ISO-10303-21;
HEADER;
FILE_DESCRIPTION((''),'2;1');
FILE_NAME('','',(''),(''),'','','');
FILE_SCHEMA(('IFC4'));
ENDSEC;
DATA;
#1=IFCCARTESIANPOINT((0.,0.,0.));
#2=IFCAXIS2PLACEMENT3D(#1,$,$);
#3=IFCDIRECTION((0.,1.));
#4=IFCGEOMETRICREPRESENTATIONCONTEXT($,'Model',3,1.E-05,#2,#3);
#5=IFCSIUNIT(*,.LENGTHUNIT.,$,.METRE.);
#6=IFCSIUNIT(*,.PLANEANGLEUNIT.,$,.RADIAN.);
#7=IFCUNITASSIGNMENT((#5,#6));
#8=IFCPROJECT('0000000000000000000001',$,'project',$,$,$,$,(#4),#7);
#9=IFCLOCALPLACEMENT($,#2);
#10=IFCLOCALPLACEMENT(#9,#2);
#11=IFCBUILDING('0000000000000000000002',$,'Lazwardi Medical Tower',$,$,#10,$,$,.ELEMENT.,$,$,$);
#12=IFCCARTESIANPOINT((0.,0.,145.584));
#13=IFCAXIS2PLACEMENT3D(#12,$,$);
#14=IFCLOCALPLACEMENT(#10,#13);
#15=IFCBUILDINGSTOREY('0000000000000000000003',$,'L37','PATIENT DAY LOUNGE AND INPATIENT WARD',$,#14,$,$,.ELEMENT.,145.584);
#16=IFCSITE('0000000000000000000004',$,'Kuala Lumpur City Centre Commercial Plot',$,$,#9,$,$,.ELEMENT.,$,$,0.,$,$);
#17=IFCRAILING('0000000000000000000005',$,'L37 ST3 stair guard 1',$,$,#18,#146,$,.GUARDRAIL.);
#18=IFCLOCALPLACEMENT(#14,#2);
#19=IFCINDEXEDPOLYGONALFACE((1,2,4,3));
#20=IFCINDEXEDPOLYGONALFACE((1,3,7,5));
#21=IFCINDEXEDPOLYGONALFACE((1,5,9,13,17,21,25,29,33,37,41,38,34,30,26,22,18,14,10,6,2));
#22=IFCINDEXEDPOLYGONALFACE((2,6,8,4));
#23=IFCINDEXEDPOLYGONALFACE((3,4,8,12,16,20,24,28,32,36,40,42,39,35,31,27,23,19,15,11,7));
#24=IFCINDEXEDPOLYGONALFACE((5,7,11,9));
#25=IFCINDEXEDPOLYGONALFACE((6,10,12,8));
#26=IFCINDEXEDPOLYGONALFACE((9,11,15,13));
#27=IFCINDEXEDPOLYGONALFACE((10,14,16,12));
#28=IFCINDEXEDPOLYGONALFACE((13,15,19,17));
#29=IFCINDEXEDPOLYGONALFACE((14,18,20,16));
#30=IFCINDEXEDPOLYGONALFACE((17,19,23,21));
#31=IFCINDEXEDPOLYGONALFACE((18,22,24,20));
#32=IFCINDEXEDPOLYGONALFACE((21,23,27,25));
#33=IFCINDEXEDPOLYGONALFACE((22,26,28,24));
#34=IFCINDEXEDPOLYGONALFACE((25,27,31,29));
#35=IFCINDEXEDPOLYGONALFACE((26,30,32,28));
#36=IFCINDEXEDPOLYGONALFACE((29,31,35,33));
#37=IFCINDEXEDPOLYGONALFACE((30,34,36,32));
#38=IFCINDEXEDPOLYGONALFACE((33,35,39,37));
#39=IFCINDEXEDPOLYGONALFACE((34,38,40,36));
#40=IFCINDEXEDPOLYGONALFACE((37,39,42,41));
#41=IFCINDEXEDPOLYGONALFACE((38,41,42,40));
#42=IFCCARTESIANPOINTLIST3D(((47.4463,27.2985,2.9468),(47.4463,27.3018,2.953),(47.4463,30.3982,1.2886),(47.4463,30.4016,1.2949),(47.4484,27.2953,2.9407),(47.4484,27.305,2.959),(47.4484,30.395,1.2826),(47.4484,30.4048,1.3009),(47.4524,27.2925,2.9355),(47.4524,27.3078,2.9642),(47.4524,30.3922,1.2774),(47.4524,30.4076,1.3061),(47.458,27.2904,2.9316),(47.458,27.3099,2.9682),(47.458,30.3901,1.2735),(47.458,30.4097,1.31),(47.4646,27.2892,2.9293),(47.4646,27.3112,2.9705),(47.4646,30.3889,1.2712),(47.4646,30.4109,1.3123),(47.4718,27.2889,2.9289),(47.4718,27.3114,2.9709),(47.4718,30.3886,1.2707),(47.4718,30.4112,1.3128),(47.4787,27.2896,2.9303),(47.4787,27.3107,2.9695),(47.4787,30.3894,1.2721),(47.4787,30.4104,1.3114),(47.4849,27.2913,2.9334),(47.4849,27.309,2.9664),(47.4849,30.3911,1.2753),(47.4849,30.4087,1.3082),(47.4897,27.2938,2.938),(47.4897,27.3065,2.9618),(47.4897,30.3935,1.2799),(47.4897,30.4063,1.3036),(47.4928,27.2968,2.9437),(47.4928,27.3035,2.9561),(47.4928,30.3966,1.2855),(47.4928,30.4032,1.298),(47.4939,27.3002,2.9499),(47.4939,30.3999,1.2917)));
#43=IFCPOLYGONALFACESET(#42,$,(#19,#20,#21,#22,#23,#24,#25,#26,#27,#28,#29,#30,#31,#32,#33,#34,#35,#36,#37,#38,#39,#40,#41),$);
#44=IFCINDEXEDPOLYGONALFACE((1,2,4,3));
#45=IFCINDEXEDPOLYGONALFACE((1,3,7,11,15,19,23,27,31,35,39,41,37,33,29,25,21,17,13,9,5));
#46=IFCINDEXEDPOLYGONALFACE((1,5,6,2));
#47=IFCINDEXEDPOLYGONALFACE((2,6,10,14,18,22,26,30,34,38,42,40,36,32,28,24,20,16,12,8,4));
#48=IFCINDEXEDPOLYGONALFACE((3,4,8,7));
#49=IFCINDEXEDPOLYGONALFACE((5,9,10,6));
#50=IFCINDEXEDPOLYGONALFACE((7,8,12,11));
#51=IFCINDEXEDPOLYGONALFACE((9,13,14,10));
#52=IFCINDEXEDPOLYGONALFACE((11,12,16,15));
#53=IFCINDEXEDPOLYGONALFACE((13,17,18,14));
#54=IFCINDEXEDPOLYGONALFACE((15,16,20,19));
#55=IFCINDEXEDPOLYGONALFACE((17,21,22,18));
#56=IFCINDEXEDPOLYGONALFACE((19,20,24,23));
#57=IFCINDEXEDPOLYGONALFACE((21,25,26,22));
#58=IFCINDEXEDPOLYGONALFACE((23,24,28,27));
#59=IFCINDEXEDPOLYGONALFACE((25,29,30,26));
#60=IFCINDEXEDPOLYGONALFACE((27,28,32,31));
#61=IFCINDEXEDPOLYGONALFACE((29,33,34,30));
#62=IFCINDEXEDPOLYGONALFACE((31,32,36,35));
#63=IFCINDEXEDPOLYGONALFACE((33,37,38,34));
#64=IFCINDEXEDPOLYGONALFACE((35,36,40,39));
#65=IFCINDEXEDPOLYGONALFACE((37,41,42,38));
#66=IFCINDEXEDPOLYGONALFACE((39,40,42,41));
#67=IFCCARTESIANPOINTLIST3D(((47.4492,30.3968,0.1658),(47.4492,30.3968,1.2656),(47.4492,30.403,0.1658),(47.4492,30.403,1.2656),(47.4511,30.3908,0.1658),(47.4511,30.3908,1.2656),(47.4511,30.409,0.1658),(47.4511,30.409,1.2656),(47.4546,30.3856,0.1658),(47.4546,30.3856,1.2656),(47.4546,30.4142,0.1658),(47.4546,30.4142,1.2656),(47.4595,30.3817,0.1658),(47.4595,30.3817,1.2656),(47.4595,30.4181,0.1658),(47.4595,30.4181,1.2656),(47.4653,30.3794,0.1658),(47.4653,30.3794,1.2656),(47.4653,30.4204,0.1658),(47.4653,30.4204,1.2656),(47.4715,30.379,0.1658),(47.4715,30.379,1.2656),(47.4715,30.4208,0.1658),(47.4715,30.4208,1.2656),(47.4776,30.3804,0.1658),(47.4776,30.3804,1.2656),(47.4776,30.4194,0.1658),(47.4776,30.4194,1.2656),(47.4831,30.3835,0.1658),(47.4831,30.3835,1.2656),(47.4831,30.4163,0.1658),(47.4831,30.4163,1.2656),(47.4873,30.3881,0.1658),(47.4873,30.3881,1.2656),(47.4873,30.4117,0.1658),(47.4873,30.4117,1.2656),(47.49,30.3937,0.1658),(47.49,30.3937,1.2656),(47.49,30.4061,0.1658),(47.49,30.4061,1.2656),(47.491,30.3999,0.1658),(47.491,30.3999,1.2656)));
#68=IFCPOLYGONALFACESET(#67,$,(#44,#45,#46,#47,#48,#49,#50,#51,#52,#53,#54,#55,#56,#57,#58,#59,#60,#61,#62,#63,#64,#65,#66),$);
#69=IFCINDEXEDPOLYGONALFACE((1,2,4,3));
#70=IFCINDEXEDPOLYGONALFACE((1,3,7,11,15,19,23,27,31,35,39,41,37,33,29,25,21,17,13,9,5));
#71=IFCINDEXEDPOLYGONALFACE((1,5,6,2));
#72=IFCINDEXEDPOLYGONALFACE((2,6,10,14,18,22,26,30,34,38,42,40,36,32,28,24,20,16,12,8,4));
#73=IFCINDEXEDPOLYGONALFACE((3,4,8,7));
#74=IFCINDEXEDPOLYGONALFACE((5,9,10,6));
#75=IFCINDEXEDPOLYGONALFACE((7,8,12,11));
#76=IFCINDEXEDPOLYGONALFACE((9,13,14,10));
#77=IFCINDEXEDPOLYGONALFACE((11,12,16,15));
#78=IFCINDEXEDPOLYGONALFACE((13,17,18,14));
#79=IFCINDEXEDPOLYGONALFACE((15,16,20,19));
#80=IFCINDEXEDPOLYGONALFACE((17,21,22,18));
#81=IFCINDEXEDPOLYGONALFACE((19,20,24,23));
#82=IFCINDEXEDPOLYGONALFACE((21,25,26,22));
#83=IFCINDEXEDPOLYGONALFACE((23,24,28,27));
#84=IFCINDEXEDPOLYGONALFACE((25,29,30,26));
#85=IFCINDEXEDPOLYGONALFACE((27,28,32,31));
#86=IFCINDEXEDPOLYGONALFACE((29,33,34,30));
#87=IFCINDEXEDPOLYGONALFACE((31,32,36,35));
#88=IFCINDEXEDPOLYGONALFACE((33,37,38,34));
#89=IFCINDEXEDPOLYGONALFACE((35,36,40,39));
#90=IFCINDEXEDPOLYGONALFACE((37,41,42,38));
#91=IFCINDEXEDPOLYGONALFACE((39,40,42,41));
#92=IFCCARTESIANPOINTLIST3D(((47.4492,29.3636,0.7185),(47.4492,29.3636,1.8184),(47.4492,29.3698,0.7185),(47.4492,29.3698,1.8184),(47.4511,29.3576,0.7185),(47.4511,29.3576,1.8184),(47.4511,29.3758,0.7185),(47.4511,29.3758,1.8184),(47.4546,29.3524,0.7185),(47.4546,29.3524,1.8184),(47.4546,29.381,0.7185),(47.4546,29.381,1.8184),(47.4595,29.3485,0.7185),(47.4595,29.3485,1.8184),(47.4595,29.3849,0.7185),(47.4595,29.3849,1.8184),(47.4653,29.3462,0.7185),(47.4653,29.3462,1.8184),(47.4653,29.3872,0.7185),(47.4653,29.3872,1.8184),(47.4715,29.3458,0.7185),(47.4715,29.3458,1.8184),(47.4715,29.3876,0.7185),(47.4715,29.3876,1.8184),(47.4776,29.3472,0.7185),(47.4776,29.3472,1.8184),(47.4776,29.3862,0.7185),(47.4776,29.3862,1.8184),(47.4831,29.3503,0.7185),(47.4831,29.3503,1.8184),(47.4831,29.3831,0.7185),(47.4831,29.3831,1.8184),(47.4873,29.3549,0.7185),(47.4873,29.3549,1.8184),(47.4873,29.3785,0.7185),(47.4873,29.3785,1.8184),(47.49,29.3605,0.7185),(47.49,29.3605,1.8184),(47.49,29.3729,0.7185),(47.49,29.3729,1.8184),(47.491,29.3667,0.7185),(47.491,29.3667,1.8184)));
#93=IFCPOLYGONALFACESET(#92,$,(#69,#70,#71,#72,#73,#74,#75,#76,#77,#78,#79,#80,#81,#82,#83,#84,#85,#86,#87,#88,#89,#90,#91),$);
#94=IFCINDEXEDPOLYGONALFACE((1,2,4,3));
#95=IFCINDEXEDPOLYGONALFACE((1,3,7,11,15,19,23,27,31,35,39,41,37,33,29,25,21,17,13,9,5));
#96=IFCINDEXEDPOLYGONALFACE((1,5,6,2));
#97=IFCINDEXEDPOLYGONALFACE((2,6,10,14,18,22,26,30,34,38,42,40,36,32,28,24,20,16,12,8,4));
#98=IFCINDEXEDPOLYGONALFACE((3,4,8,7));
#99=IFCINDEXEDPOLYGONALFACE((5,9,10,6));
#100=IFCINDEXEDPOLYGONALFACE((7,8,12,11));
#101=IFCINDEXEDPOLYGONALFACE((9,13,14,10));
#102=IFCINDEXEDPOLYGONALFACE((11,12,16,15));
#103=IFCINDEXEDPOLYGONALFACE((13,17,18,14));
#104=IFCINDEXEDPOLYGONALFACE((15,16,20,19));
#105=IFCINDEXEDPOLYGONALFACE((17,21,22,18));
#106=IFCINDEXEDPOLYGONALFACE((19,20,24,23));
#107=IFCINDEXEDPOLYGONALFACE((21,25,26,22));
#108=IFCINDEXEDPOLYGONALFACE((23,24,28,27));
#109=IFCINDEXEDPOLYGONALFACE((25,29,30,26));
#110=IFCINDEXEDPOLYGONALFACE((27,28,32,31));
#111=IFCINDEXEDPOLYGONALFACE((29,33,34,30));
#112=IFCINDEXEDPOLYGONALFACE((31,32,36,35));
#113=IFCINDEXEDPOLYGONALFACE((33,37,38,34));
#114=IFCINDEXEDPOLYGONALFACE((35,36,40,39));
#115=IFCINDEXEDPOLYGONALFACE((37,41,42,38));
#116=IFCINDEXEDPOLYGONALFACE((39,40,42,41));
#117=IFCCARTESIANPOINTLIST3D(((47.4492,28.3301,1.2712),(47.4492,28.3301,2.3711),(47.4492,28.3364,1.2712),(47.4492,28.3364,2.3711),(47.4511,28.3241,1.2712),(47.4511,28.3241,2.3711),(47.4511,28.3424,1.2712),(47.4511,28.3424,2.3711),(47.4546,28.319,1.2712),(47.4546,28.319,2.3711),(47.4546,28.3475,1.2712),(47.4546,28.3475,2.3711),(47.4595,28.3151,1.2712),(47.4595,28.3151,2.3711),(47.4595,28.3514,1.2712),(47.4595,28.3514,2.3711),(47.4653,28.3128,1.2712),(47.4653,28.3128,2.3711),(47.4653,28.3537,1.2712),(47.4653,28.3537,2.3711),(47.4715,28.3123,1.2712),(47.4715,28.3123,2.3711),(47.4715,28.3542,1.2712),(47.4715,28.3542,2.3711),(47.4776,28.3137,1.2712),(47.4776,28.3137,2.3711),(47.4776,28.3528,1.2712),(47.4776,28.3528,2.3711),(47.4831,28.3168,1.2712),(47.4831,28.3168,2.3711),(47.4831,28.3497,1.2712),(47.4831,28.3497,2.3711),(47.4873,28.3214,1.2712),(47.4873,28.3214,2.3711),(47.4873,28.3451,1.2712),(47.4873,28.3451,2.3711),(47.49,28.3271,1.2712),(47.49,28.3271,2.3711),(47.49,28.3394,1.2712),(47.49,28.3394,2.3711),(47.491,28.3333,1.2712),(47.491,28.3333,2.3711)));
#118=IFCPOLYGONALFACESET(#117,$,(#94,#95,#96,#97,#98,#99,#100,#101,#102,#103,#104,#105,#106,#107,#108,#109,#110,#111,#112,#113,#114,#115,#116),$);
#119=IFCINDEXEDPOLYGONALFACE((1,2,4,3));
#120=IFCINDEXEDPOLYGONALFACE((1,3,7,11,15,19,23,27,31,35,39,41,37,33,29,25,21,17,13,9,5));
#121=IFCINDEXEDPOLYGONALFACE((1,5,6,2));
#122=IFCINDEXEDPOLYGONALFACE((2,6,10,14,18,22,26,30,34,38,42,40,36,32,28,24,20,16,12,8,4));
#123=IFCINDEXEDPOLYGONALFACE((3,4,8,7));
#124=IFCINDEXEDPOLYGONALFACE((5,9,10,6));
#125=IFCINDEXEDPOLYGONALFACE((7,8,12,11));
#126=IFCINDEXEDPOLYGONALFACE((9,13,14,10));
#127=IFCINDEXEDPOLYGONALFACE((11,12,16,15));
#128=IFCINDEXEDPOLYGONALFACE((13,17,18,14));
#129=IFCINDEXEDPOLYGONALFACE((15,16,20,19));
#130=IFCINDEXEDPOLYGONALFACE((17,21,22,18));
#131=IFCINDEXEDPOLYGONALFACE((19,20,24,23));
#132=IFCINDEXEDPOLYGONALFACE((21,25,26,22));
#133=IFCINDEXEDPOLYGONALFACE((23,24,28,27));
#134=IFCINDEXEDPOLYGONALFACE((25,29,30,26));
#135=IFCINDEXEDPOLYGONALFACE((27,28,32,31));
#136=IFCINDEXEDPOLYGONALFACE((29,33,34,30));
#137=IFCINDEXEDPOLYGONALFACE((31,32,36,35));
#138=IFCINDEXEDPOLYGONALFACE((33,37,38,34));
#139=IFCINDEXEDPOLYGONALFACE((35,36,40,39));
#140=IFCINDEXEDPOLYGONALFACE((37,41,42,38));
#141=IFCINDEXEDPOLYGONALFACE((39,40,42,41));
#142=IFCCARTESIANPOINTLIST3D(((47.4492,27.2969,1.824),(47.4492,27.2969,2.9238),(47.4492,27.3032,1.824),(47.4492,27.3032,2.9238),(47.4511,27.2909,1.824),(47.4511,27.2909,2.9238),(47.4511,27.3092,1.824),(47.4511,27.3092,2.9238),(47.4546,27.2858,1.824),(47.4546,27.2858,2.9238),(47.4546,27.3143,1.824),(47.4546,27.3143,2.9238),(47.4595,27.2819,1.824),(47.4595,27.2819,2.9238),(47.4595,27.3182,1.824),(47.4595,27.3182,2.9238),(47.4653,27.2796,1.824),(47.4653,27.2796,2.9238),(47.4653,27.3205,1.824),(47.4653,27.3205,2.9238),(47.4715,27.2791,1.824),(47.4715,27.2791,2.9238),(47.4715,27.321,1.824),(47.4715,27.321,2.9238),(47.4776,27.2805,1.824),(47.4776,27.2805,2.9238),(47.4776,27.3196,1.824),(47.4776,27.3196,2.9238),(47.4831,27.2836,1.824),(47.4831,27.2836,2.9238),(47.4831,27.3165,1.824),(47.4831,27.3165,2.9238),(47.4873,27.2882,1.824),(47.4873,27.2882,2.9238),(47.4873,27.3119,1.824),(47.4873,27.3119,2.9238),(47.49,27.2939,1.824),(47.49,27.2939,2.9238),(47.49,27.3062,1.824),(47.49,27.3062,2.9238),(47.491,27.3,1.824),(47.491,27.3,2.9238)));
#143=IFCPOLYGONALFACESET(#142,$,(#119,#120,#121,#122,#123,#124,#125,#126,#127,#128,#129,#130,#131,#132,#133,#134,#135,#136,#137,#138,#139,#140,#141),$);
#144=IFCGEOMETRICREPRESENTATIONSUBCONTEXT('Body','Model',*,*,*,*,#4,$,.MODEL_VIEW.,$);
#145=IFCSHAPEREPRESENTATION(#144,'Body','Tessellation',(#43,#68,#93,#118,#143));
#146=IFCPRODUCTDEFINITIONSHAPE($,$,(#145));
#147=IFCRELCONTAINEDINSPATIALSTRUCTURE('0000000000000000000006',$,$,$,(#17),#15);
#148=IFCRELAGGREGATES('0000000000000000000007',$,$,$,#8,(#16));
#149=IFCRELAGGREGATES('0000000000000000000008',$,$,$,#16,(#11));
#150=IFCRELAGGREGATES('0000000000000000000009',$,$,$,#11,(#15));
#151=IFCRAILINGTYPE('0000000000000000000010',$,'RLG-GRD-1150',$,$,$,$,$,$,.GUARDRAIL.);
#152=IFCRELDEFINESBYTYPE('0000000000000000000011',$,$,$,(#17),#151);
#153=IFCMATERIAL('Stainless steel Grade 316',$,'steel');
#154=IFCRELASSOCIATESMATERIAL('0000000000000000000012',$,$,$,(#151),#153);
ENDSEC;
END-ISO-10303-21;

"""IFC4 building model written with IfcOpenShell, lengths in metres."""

from ifc_helpers import new_model, si_unit, direction, frame, origin, origin_2d, place, context, subcontext, project, spatial, circle, extrude, material, type_object, element, save


model = new_model("IFC4")

# Units and contexts
model_context = context("Model", 3, precision=1e-05, world=origin(), true_north=direction((0.0, 1.0)))
body_context = subcontext(model_context, "Body", "Model", "MODEL_VIEW")
ifc_project = project(units=[si_unit("LENGTHUNIT", "METRE"), si_unit("PLANEANGLEUNIT", "RADIAN")], contexts=[model_context])

# Site, building, storey
site_placement = place(None, origin())
site = spatial("IfcSite", under=ifc_project, at=site_placement, Name="Kuala Lumpur City Centre Commercial Plot", CompositionType="ELEMENT", RefElevation=0.0)
building_placement = place(site_placement, origin())
building = spatial("IfcBuilding", under=site, at=building_placement, Name="Lazwardi Medical Tower", CompositionType="ELEMENT")
storey_placement = place(building_placement, frame((0.0, 0.0, 145.584)))
storey = spatial("IfcBuildingStorey", under=building, at=storey_placement, Name="L37", Description="PATIENT DAY LOUNGE AND INPATIENT WARD", CompositionType="ELEMENT", Elevation=145.584)

# Railing
ifc_material_1 = material(Name="Stainless steel Grade 316", Category="steel")
railing_type_1 = type_object("IfcRailingType", Name="RLG-GRD-1150", PredefinedType="GUARDRAIL", material=ifc_material_1)
railing_1_placement = place(storey_placement, frame((47.47, 30.3999, 0.1658)))
element("IfcRailing", 1, at=railing_1_placement, inside=storey, type_object=railing_type_1, Name="L37 ST3 stair guard 1", PredefinedType="GUARDRAIL", context=body_context, shape_type="SweptSolid", body=[
    extrude(circle(Radius=0.0239, at=origin_2d()), frame((0.0, 0.0, 1.126), z_axis=(0.0, -0.881768, 0.471684), x_axis=(1.0, 0.0, 0.0)), (0.0, 0.0, 1.0), 3.5154),
    extrude(circle(Radius=0.021, at=origin_2d()), origin(), (0.0, 0.0, 1.0), 1.0999),
    extrude(circle(Radius=0.021, at=origin_2d()), frame((0.0, -1.0332, 0.5527)), (0.0, 0.0, 1.0), 1.0999),
    extrude(circle(Radius=0.021, at=origin_2d()), frame((0.0, -2.0667, 1.1055)), (0.0, 0.0, 1.0), 1.0999),
    extrude(circle(Radius=0.021, at=origin_2d()), frame((0.0, -3.0999, 1.6582)), (0.0, 0.0, 1.0), 1.0999),
])

save(model, "model.ifc")
